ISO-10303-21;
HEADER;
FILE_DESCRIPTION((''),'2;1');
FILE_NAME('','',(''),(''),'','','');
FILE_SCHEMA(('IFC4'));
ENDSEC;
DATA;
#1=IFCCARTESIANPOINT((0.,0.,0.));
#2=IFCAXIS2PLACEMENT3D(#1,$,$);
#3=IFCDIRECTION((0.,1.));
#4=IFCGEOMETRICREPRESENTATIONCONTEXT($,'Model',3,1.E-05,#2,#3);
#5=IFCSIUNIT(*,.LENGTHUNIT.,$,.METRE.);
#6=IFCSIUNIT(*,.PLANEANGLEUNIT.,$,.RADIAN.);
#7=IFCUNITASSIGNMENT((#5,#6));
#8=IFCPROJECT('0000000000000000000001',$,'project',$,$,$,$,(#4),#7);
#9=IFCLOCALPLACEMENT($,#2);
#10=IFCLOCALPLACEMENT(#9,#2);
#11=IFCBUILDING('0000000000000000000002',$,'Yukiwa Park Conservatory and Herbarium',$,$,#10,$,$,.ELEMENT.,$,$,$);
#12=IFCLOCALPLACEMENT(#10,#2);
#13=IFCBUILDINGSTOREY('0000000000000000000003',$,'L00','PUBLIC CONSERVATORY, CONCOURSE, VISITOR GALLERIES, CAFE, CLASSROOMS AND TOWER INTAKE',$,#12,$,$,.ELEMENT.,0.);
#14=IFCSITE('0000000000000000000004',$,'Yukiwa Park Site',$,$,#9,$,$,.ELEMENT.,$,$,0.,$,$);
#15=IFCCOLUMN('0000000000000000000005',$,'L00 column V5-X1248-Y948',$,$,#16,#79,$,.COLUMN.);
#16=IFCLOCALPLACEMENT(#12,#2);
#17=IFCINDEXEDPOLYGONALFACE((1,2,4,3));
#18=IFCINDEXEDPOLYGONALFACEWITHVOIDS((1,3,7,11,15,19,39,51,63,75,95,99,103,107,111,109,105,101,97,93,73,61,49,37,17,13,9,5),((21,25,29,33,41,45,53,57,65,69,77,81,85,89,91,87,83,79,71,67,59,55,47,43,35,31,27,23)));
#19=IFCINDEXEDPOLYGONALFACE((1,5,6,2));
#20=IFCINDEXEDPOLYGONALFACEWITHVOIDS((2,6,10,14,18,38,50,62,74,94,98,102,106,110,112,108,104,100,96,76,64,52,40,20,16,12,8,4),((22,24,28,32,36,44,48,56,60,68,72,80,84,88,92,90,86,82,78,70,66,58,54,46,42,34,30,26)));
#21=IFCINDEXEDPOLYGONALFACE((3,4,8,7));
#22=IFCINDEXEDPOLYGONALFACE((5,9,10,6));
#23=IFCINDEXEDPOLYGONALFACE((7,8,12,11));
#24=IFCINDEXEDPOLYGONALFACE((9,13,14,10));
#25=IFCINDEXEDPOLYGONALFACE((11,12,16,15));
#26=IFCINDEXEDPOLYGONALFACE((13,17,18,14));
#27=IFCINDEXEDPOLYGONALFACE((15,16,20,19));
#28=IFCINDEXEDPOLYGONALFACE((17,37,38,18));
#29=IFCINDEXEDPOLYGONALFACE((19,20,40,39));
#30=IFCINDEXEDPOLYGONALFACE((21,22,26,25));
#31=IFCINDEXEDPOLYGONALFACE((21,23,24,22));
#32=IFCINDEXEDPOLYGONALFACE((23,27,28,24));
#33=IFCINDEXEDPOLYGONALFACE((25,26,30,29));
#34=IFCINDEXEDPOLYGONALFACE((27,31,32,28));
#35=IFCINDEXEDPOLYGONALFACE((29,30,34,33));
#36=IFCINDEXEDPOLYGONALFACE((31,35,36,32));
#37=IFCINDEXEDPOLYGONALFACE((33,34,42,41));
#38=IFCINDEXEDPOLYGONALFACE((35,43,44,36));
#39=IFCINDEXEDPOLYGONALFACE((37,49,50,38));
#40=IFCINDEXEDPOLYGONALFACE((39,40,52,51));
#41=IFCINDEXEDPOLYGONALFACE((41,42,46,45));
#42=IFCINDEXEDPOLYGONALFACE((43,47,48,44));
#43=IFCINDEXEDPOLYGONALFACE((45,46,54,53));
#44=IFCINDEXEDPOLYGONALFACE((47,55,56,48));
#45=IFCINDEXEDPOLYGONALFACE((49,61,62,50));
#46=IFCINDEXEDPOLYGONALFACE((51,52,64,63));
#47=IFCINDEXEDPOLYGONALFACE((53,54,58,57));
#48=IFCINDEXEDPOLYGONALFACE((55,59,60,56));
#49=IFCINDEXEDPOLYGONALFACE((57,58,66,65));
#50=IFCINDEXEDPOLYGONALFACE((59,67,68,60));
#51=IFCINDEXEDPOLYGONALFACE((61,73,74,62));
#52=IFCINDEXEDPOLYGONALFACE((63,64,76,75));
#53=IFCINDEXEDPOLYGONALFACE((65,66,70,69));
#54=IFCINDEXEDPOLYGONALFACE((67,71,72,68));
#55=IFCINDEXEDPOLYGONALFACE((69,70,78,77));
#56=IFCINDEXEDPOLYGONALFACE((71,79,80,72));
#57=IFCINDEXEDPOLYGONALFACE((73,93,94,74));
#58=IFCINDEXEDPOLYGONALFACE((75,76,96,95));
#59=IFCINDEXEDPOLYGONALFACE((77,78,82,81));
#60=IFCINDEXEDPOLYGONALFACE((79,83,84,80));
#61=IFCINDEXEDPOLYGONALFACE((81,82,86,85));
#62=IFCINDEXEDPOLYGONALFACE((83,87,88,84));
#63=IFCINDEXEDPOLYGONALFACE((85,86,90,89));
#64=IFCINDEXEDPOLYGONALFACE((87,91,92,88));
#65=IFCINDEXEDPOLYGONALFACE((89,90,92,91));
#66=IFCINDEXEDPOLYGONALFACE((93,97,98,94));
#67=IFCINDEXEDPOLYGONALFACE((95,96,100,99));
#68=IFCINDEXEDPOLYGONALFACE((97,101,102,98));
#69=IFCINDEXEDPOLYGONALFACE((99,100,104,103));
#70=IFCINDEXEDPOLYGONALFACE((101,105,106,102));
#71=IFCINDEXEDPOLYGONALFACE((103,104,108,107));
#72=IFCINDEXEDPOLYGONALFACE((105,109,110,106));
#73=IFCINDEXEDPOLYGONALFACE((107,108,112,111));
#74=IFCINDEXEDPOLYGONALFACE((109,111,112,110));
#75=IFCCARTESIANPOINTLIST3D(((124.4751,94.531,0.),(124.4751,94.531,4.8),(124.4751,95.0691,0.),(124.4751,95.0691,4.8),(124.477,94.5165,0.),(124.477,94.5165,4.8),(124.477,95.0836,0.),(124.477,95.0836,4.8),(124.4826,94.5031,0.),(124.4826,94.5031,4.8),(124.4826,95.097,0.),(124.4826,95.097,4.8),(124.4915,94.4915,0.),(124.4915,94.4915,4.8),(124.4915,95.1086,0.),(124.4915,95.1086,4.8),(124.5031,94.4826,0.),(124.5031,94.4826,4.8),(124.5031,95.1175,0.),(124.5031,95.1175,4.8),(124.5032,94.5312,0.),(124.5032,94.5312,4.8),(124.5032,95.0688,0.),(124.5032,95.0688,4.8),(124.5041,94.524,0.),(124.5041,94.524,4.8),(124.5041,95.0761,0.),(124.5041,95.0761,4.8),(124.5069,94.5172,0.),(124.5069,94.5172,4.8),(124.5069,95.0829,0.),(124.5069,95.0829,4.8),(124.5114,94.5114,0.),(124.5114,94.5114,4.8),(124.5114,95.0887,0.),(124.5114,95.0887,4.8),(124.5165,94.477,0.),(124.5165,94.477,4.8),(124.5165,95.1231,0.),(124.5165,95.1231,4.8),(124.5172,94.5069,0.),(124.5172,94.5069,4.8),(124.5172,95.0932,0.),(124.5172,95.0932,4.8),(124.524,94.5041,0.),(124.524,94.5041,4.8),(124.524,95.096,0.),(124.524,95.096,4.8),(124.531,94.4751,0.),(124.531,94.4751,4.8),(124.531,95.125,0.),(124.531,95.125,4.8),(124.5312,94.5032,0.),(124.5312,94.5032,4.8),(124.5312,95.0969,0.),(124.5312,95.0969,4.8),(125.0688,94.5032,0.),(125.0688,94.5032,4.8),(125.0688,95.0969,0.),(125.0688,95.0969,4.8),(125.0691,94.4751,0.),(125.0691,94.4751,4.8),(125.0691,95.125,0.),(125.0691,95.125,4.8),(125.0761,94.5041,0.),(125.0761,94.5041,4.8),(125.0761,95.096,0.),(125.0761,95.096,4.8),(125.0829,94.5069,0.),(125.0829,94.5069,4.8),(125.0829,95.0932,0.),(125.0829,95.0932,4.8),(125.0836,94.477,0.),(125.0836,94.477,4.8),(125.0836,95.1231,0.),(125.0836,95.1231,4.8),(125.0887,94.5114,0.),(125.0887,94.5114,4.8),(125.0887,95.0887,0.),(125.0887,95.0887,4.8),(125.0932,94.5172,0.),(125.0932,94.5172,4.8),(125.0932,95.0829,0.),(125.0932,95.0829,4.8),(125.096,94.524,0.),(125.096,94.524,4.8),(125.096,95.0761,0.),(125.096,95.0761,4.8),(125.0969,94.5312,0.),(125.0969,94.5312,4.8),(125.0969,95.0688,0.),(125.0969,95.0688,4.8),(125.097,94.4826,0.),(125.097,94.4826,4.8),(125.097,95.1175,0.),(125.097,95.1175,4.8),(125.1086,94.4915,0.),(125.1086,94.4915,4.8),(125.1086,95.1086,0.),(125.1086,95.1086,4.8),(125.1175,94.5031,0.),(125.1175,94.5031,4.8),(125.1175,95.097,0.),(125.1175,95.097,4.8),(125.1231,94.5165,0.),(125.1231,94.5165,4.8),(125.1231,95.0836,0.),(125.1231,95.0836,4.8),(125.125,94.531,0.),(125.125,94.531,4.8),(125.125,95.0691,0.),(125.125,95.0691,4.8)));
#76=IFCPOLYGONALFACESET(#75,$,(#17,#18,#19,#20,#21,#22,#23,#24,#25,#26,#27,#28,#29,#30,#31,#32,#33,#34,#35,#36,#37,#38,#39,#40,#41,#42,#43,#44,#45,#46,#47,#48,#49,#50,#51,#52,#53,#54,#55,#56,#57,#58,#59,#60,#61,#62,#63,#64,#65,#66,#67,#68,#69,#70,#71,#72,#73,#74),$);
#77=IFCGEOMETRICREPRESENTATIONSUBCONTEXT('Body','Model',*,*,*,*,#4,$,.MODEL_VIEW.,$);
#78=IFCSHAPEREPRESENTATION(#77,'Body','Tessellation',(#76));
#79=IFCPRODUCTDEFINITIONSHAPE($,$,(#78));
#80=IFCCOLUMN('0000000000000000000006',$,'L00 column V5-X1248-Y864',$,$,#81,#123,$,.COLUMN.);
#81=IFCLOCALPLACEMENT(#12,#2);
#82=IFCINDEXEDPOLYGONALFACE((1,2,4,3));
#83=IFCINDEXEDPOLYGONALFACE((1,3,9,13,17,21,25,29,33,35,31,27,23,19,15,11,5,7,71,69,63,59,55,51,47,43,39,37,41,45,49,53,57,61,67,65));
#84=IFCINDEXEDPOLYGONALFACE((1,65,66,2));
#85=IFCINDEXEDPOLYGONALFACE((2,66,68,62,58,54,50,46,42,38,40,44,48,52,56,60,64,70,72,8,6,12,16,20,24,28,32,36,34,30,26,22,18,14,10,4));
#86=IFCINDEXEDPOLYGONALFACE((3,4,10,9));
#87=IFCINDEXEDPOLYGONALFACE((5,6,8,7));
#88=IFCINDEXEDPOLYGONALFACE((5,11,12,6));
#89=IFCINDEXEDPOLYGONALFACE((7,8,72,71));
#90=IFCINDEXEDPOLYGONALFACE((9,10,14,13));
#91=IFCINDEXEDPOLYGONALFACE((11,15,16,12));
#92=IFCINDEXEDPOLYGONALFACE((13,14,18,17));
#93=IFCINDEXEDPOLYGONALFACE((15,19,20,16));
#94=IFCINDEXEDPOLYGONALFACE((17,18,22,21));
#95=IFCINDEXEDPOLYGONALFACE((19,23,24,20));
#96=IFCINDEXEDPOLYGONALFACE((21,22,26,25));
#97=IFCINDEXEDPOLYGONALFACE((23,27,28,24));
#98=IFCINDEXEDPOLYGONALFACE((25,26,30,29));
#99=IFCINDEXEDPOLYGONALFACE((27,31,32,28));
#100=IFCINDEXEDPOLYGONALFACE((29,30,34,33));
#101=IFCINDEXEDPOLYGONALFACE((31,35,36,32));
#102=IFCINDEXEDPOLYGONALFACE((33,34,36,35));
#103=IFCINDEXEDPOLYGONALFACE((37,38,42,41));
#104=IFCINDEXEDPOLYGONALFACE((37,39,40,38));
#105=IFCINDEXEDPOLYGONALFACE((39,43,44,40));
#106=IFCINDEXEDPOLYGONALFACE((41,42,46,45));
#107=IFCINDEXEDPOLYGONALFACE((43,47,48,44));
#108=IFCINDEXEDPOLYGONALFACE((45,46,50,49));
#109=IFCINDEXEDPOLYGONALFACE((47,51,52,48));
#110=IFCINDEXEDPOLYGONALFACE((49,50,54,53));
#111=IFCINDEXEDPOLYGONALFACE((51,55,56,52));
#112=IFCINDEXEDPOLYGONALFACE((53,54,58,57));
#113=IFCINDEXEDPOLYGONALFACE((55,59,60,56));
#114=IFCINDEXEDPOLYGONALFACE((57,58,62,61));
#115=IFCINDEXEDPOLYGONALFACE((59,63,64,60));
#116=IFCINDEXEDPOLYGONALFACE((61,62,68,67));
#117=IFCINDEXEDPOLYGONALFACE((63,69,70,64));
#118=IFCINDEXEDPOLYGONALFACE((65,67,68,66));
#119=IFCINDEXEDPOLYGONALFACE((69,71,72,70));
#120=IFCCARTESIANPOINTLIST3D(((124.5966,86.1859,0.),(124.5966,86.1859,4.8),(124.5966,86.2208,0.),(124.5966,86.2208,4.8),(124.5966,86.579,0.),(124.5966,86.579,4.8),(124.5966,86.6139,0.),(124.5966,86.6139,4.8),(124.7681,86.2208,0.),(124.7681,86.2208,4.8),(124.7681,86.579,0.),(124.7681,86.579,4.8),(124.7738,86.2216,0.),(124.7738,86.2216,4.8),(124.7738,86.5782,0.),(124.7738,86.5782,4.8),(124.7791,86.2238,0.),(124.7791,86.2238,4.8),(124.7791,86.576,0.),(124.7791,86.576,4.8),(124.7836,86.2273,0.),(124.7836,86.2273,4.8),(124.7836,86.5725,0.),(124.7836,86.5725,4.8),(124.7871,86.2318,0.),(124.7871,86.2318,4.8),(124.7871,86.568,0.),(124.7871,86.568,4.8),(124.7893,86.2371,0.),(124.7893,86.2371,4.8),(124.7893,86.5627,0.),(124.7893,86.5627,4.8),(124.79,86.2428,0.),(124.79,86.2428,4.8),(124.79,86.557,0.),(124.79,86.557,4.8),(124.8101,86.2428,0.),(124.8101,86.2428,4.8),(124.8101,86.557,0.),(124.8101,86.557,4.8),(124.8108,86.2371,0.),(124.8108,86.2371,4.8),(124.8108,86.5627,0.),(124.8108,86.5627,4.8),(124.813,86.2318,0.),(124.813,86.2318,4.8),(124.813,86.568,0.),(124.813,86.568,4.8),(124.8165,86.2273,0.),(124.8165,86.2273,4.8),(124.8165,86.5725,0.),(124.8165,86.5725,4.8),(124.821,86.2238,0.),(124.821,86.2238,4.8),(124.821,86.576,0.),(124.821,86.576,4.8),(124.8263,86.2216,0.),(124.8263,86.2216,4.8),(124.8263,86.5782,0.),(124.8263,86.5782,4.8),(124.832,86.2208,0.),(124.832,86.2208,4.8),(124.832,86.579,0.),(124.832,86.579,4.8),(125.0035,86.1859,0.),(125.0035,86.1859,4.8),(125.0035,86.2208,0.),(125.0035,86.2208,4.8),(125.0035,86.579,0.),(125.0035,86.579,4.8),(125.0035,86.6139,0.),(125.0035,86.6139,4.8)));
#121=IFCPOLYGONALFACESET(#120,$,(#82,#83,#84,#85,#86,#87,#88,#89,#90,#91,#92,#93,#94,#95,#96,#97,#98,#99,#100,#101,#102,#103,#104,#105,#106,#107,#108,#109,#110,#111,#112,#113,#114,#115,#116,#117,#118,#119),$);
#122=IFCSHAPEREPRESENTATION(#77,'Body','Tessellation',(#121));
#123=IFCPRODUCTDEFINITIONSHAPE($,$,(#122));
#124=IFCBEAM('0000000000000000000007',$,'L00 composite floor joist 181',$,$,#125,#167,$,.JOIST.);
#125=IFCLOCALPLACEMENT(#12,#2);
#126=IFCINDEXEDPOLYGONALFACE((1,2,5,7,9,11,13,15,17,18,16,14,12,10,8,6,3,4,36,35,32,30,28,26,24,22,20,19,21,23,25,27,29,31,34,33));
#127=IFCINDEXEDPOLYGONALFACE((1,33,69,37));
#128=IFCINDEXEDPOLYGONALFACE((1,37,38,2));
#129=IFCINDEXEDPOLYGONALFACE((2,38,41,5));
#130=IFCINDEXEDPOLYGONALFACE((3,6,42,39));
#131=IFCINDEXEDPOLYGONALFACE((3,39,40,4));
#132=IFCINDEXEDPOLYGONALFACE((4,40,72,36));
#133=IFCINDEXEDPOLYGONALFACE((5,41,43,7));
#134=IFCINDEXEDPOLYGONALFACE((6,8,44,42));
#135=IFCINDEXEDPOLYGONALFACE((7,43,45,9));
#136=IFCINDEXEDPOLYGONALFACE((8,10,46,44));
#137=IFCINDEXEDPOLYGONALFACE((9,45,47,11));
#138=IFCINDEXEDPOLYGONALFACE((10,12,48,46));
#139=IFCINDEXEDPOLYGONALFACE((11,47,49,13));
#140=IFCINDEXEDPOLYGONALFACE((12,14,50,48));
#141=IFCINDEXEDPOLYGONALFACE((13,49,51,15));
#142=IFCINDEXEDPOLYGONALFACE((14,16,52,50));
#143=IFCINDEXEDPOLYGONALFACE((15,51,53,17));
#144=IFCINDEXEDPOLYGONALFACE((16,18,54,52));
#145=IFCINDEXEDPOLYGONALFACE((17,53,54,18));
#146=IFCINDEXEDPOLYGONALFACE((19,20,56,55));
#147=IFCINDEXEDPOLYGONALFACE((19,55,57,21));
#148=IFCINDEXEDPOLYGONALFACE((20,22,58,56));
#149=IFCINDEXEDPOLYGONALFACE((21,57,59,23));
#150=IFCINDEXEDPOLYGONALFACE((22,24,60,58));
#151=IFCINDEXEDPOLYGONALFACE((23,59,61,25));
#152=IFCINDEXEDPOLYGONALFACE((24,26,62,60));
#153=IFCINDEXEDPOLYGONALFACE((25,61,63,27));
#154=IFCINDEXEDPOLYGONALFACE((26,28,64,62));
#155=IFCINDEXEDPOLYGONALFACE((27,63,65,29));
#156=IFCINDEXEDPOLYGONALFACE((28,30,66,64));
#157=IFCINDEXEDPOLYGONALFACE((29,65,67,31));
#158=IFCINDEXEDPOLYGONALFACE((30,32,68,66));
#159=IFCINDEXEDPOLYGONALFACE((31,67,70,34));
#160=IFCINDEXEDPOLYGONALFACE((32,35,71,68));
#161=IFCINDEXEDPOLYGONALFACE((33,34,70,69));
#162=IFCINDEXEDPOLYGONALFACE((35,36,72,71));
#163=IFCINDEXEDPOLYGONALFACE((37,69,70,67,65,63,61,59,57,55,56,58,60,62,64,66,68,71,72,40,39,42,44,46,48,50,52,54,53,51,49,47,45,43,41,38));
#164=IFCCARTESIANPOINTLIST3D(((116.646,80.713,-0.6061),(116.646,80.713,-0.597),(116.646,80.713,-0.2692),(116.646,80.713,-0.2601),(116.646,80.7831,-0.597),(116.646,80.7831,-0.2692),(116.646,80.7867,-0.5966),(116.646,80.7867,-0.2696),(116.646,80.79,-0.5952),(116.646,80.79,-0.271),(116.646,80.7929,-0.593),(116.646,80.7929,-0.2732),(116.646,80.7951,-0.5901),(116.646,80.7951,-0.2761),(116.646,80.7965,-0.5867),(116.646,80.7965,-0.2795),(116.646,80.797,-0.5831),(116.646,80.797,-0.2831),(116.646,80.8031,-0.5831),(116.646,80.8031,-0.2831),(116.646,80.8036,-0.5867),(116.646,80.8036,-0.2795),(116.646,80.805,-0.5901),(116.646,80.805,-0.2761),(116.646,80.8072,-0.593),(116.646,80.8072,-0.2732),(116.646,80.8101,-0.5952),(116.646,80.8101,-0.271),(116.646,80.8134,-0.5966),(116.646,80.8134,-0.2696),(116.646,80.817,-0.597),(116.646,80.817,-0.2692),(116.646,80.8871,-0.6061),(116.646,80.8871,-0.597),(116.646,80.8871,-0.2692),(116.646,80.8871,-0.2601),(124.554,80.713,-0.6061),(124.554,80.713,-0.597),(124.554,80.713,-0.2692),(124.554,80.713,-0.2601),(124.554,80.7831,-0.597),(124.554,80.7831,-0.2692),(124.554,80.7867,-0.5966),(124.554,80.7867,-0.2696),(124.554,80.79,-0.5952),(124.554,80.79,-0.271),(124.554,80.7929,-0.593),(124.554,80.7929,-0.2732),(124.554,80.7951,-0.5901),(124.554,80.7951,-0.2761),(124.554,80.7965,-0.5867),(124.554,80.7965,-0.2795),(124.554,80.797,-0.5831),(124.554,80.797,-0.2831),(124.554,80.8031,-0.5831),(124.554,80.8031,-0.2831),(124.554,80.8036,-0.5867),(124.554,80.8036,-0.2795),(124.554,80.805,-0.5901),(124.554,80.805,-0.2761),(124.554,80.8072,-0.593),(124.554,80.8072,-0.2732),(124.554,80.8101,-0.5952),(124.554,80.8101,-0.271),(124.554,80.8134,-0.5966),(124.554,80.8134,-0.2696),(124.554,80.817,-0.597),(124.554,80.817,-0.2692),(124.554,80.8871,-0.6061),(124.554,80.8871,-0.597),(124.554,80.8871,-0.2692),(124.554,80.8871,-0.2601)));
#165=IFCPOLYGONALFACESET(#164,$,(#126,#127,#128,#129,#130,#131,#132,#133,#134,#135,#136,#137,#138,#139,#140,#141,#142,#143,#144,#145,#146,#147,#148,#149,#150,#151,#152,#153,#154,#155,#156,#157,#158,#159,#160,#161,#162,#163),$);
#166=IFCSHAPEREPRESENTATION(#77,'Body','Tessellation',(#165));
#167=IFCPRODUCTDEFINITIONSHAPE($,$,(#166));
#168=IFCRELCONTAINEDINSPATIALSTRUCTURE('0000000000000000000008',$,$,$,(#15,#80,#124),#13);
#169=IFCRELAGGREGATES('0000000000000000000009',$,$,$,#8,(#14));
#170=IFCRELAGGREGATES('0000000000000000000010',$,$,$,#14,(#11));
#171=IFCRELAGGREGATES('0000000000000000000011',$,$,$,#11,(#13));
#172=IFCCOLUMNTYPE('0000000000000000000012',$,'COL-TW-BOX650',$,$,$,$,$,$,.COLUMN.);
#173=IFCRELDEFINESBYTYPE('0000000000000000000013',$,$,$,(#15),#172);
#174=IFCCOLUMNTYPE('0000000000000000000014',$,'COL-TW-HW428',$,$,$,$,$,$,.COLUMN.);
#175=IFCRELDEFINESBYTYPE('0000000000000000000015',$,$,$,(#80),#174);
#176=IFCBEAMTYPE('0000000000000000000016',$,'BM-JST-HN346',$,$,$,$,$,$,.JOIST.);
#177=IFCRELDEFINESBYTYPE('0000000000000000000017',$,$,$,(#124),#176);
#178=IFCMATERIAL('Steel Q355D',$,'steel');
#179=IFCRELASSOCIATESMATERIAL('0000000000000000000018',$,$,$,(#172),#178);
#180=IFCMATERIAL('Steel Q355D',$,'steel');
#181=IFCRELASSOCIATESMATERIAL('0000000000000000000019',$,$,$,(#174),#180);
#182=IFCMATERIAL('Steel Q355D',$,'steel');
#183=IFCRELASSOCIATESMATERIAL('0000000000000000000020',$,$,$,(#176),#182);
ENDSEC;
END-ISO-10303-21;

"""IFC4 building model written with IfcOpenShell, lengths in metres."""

from ifc_helpers import new_model, si_unit, direction, frame, origin, origin_2d, place, context, subcontext, project, spatial, hollow_rectangle, i_section, extrude, material, material_profile, profile_set, type_object, element, save


model = new_model("IFC4")

# Units and contexts
model_context = context("Model", 3, precision=1e-05, world=origin(), true_north=direction((0.0, 1.0)))
body_context = subcontext(model_context, "Body", "Model", "MODEL_VIEW")
ifc_project = project(units=[si_unit("LENGTHUNIT", "METRE"), si_unit("PLANEANGLEUNIT", "RADIAN")], contexts=[model_context])

# Site, building, storey
site_placement = place(None, origin())
site = spatial("IfcSite", under=ifc_project, at=site_placement, Name="Yukiwa Park Site", CompositionType="ELEMENT", RefElevation=0.0)
building_placement = place(site_placement, origin())
building = spatial("IfcBuilding", under=site, at=building_placement, Name="Yukiwa Park Conservatory and Herbarium", CompositionType="ELEMENT")
storey_placement = place(building_placement, origin())
storey = spatial("IfcBuildingStorey", under=building, at=storey_placement, Name="L00", Description="PUBLIC CONSERVATORY, CONCOURSE, VISITOR GALLERIES, CAFE, CLASSROOMS AND TOWER INTAKE", CompositionType="ELEMENT", Elevation=0.0)

# Columns
ifc_material_1 = material(Name="Steel Q355D", Category="steel")
ifc_material_profile_1 = material_profile(ifc_material_1, hollow_rectangle(XDim=0.6499, YDim=0.6499, WallThickness=0.0281, InnerFilletRadius=0.0281, OuterFilletRadius=0.0559, at=origin_2d()), Name="BOX 650x650x28")
ifc_profile_set_1 = profile_set([ifc_material_profile_1], Name="Steel Q355D")
column_type_1 = type_object("IfcColumnType", Name="COL-TW-BOX650", PredefinedType="COLUMN", material=ifc_profile_set_1)
column_1_placement = place(storey_placement, frame((124.8, 94.8, 0.0), z_axis=(0.0, 0.0, 1.0), x_axis=(1.0, 0.0, 0.0)))
element("IfcColumn", 1, at=column_1_placement, inside=storey, type_object=column_type_1, Name="L00 column V5-X1248-Y948", PredefinedType="COLUMN", context=body_context, shape_type="SweptSolid", body=[
    extrude(hollow_rectangle(XDim=0.6499, YDim=0.6499, WallThickness=0.0281, InnerFilletRadius=0.0281, OuterFilletRadius=0.0559, at=origin_2d()), origin(), (0.0, 0.0, 1.0), 4.8),
])
ifc_material_2 = material(Name="Steel Q355D", Category="steel")
ifc_material_profile_2 = material_profile(ifc_material_2, i_section(OverallWidth=0.407, OverallDepth=0.428, WebThickness=0.02, FlangeThickness=0.0349, FilletRadius=0.022, at=origin_2d()), Name="HW 428x407x20x35")
ifc_profile_set_2 = profile_set([ifc_material_profile_2], Name="Steel Q355D")
column_type_2 = type_object("IfcColumnType", Name="COL-TW-HW428", PredefinedType="COLUMN", material=ifc_profile_set_2)
column_2_placement = place(storey_placement, frame((124.8, 86.3999, 0.0), z_axis=(0.0, 0.0, 1.0), x_axis=(1.0, 0.0, 0.0)))
element("IfcColumn", 2, at=column_2_placement, inside=storey, type_object=column_type_2, Name="L00 column V5-X1248-Y864", PredefinedType="COLUMN", context=body_context, shape_type="SweptSolid", body=[
    extrude(i_section(OverallWidth=0.407, OverallDepth=0.428, WebThickness=0.02, FlangeThickness=0.0349, FilletRadius=0.022, at=origin_2d()), origin(), (0.0, 0.0, 1.0), 4.8),
])

# Beam
ifc_material_3 = material(Name="Steel Q355D", Category="steel")
ifc_material_profile_3 = material_profile(ifc_material_3, i_section(OverallWidth=0.1741, OverallDepth=0.3459, WebThickness=0.0061, FlangeThickness=0.009, FilletRadius=0.0139, at=origin_2d()), Name="HN 346x174x6x9")
ifc_profile_set_3 = profile_set([ifc_material_profile_3], Name="Steel Q355D")
beam_type_1 = type_object("IfcBeamType", Name="BM-JST-HN346", PredefinedType="JOIST", material=ifc_profile_set_3)
for number, where, z_axis, x_axis, name in (
    (3, (116.646, 80.8, -0.4331), (1.0, 0.0, 0.0), (0.0, 1.0, 0.0), "L00 composite floor joist 181"),
):
    element("IfcBeam", number, at=place(storey_placement, frame(where, z_axis=z_axis, x_axis=x_axis)), inside=storey, type_object=beam_type_1, Name=name, PredefinedType="JOIST", context=body_context, shape_type="SweptSolid", body=[
        extrude(i_section(OverallWidth=0.1741, OverallDepth=0.3459, WebThickness=0.0061, FlangeThickness=0.009, FilletRadius=0.0139, at=origin_2d()), origin(), (0.0, 0.0, 1.0), 7.908),
    ])

save(model, "model.ifc")
